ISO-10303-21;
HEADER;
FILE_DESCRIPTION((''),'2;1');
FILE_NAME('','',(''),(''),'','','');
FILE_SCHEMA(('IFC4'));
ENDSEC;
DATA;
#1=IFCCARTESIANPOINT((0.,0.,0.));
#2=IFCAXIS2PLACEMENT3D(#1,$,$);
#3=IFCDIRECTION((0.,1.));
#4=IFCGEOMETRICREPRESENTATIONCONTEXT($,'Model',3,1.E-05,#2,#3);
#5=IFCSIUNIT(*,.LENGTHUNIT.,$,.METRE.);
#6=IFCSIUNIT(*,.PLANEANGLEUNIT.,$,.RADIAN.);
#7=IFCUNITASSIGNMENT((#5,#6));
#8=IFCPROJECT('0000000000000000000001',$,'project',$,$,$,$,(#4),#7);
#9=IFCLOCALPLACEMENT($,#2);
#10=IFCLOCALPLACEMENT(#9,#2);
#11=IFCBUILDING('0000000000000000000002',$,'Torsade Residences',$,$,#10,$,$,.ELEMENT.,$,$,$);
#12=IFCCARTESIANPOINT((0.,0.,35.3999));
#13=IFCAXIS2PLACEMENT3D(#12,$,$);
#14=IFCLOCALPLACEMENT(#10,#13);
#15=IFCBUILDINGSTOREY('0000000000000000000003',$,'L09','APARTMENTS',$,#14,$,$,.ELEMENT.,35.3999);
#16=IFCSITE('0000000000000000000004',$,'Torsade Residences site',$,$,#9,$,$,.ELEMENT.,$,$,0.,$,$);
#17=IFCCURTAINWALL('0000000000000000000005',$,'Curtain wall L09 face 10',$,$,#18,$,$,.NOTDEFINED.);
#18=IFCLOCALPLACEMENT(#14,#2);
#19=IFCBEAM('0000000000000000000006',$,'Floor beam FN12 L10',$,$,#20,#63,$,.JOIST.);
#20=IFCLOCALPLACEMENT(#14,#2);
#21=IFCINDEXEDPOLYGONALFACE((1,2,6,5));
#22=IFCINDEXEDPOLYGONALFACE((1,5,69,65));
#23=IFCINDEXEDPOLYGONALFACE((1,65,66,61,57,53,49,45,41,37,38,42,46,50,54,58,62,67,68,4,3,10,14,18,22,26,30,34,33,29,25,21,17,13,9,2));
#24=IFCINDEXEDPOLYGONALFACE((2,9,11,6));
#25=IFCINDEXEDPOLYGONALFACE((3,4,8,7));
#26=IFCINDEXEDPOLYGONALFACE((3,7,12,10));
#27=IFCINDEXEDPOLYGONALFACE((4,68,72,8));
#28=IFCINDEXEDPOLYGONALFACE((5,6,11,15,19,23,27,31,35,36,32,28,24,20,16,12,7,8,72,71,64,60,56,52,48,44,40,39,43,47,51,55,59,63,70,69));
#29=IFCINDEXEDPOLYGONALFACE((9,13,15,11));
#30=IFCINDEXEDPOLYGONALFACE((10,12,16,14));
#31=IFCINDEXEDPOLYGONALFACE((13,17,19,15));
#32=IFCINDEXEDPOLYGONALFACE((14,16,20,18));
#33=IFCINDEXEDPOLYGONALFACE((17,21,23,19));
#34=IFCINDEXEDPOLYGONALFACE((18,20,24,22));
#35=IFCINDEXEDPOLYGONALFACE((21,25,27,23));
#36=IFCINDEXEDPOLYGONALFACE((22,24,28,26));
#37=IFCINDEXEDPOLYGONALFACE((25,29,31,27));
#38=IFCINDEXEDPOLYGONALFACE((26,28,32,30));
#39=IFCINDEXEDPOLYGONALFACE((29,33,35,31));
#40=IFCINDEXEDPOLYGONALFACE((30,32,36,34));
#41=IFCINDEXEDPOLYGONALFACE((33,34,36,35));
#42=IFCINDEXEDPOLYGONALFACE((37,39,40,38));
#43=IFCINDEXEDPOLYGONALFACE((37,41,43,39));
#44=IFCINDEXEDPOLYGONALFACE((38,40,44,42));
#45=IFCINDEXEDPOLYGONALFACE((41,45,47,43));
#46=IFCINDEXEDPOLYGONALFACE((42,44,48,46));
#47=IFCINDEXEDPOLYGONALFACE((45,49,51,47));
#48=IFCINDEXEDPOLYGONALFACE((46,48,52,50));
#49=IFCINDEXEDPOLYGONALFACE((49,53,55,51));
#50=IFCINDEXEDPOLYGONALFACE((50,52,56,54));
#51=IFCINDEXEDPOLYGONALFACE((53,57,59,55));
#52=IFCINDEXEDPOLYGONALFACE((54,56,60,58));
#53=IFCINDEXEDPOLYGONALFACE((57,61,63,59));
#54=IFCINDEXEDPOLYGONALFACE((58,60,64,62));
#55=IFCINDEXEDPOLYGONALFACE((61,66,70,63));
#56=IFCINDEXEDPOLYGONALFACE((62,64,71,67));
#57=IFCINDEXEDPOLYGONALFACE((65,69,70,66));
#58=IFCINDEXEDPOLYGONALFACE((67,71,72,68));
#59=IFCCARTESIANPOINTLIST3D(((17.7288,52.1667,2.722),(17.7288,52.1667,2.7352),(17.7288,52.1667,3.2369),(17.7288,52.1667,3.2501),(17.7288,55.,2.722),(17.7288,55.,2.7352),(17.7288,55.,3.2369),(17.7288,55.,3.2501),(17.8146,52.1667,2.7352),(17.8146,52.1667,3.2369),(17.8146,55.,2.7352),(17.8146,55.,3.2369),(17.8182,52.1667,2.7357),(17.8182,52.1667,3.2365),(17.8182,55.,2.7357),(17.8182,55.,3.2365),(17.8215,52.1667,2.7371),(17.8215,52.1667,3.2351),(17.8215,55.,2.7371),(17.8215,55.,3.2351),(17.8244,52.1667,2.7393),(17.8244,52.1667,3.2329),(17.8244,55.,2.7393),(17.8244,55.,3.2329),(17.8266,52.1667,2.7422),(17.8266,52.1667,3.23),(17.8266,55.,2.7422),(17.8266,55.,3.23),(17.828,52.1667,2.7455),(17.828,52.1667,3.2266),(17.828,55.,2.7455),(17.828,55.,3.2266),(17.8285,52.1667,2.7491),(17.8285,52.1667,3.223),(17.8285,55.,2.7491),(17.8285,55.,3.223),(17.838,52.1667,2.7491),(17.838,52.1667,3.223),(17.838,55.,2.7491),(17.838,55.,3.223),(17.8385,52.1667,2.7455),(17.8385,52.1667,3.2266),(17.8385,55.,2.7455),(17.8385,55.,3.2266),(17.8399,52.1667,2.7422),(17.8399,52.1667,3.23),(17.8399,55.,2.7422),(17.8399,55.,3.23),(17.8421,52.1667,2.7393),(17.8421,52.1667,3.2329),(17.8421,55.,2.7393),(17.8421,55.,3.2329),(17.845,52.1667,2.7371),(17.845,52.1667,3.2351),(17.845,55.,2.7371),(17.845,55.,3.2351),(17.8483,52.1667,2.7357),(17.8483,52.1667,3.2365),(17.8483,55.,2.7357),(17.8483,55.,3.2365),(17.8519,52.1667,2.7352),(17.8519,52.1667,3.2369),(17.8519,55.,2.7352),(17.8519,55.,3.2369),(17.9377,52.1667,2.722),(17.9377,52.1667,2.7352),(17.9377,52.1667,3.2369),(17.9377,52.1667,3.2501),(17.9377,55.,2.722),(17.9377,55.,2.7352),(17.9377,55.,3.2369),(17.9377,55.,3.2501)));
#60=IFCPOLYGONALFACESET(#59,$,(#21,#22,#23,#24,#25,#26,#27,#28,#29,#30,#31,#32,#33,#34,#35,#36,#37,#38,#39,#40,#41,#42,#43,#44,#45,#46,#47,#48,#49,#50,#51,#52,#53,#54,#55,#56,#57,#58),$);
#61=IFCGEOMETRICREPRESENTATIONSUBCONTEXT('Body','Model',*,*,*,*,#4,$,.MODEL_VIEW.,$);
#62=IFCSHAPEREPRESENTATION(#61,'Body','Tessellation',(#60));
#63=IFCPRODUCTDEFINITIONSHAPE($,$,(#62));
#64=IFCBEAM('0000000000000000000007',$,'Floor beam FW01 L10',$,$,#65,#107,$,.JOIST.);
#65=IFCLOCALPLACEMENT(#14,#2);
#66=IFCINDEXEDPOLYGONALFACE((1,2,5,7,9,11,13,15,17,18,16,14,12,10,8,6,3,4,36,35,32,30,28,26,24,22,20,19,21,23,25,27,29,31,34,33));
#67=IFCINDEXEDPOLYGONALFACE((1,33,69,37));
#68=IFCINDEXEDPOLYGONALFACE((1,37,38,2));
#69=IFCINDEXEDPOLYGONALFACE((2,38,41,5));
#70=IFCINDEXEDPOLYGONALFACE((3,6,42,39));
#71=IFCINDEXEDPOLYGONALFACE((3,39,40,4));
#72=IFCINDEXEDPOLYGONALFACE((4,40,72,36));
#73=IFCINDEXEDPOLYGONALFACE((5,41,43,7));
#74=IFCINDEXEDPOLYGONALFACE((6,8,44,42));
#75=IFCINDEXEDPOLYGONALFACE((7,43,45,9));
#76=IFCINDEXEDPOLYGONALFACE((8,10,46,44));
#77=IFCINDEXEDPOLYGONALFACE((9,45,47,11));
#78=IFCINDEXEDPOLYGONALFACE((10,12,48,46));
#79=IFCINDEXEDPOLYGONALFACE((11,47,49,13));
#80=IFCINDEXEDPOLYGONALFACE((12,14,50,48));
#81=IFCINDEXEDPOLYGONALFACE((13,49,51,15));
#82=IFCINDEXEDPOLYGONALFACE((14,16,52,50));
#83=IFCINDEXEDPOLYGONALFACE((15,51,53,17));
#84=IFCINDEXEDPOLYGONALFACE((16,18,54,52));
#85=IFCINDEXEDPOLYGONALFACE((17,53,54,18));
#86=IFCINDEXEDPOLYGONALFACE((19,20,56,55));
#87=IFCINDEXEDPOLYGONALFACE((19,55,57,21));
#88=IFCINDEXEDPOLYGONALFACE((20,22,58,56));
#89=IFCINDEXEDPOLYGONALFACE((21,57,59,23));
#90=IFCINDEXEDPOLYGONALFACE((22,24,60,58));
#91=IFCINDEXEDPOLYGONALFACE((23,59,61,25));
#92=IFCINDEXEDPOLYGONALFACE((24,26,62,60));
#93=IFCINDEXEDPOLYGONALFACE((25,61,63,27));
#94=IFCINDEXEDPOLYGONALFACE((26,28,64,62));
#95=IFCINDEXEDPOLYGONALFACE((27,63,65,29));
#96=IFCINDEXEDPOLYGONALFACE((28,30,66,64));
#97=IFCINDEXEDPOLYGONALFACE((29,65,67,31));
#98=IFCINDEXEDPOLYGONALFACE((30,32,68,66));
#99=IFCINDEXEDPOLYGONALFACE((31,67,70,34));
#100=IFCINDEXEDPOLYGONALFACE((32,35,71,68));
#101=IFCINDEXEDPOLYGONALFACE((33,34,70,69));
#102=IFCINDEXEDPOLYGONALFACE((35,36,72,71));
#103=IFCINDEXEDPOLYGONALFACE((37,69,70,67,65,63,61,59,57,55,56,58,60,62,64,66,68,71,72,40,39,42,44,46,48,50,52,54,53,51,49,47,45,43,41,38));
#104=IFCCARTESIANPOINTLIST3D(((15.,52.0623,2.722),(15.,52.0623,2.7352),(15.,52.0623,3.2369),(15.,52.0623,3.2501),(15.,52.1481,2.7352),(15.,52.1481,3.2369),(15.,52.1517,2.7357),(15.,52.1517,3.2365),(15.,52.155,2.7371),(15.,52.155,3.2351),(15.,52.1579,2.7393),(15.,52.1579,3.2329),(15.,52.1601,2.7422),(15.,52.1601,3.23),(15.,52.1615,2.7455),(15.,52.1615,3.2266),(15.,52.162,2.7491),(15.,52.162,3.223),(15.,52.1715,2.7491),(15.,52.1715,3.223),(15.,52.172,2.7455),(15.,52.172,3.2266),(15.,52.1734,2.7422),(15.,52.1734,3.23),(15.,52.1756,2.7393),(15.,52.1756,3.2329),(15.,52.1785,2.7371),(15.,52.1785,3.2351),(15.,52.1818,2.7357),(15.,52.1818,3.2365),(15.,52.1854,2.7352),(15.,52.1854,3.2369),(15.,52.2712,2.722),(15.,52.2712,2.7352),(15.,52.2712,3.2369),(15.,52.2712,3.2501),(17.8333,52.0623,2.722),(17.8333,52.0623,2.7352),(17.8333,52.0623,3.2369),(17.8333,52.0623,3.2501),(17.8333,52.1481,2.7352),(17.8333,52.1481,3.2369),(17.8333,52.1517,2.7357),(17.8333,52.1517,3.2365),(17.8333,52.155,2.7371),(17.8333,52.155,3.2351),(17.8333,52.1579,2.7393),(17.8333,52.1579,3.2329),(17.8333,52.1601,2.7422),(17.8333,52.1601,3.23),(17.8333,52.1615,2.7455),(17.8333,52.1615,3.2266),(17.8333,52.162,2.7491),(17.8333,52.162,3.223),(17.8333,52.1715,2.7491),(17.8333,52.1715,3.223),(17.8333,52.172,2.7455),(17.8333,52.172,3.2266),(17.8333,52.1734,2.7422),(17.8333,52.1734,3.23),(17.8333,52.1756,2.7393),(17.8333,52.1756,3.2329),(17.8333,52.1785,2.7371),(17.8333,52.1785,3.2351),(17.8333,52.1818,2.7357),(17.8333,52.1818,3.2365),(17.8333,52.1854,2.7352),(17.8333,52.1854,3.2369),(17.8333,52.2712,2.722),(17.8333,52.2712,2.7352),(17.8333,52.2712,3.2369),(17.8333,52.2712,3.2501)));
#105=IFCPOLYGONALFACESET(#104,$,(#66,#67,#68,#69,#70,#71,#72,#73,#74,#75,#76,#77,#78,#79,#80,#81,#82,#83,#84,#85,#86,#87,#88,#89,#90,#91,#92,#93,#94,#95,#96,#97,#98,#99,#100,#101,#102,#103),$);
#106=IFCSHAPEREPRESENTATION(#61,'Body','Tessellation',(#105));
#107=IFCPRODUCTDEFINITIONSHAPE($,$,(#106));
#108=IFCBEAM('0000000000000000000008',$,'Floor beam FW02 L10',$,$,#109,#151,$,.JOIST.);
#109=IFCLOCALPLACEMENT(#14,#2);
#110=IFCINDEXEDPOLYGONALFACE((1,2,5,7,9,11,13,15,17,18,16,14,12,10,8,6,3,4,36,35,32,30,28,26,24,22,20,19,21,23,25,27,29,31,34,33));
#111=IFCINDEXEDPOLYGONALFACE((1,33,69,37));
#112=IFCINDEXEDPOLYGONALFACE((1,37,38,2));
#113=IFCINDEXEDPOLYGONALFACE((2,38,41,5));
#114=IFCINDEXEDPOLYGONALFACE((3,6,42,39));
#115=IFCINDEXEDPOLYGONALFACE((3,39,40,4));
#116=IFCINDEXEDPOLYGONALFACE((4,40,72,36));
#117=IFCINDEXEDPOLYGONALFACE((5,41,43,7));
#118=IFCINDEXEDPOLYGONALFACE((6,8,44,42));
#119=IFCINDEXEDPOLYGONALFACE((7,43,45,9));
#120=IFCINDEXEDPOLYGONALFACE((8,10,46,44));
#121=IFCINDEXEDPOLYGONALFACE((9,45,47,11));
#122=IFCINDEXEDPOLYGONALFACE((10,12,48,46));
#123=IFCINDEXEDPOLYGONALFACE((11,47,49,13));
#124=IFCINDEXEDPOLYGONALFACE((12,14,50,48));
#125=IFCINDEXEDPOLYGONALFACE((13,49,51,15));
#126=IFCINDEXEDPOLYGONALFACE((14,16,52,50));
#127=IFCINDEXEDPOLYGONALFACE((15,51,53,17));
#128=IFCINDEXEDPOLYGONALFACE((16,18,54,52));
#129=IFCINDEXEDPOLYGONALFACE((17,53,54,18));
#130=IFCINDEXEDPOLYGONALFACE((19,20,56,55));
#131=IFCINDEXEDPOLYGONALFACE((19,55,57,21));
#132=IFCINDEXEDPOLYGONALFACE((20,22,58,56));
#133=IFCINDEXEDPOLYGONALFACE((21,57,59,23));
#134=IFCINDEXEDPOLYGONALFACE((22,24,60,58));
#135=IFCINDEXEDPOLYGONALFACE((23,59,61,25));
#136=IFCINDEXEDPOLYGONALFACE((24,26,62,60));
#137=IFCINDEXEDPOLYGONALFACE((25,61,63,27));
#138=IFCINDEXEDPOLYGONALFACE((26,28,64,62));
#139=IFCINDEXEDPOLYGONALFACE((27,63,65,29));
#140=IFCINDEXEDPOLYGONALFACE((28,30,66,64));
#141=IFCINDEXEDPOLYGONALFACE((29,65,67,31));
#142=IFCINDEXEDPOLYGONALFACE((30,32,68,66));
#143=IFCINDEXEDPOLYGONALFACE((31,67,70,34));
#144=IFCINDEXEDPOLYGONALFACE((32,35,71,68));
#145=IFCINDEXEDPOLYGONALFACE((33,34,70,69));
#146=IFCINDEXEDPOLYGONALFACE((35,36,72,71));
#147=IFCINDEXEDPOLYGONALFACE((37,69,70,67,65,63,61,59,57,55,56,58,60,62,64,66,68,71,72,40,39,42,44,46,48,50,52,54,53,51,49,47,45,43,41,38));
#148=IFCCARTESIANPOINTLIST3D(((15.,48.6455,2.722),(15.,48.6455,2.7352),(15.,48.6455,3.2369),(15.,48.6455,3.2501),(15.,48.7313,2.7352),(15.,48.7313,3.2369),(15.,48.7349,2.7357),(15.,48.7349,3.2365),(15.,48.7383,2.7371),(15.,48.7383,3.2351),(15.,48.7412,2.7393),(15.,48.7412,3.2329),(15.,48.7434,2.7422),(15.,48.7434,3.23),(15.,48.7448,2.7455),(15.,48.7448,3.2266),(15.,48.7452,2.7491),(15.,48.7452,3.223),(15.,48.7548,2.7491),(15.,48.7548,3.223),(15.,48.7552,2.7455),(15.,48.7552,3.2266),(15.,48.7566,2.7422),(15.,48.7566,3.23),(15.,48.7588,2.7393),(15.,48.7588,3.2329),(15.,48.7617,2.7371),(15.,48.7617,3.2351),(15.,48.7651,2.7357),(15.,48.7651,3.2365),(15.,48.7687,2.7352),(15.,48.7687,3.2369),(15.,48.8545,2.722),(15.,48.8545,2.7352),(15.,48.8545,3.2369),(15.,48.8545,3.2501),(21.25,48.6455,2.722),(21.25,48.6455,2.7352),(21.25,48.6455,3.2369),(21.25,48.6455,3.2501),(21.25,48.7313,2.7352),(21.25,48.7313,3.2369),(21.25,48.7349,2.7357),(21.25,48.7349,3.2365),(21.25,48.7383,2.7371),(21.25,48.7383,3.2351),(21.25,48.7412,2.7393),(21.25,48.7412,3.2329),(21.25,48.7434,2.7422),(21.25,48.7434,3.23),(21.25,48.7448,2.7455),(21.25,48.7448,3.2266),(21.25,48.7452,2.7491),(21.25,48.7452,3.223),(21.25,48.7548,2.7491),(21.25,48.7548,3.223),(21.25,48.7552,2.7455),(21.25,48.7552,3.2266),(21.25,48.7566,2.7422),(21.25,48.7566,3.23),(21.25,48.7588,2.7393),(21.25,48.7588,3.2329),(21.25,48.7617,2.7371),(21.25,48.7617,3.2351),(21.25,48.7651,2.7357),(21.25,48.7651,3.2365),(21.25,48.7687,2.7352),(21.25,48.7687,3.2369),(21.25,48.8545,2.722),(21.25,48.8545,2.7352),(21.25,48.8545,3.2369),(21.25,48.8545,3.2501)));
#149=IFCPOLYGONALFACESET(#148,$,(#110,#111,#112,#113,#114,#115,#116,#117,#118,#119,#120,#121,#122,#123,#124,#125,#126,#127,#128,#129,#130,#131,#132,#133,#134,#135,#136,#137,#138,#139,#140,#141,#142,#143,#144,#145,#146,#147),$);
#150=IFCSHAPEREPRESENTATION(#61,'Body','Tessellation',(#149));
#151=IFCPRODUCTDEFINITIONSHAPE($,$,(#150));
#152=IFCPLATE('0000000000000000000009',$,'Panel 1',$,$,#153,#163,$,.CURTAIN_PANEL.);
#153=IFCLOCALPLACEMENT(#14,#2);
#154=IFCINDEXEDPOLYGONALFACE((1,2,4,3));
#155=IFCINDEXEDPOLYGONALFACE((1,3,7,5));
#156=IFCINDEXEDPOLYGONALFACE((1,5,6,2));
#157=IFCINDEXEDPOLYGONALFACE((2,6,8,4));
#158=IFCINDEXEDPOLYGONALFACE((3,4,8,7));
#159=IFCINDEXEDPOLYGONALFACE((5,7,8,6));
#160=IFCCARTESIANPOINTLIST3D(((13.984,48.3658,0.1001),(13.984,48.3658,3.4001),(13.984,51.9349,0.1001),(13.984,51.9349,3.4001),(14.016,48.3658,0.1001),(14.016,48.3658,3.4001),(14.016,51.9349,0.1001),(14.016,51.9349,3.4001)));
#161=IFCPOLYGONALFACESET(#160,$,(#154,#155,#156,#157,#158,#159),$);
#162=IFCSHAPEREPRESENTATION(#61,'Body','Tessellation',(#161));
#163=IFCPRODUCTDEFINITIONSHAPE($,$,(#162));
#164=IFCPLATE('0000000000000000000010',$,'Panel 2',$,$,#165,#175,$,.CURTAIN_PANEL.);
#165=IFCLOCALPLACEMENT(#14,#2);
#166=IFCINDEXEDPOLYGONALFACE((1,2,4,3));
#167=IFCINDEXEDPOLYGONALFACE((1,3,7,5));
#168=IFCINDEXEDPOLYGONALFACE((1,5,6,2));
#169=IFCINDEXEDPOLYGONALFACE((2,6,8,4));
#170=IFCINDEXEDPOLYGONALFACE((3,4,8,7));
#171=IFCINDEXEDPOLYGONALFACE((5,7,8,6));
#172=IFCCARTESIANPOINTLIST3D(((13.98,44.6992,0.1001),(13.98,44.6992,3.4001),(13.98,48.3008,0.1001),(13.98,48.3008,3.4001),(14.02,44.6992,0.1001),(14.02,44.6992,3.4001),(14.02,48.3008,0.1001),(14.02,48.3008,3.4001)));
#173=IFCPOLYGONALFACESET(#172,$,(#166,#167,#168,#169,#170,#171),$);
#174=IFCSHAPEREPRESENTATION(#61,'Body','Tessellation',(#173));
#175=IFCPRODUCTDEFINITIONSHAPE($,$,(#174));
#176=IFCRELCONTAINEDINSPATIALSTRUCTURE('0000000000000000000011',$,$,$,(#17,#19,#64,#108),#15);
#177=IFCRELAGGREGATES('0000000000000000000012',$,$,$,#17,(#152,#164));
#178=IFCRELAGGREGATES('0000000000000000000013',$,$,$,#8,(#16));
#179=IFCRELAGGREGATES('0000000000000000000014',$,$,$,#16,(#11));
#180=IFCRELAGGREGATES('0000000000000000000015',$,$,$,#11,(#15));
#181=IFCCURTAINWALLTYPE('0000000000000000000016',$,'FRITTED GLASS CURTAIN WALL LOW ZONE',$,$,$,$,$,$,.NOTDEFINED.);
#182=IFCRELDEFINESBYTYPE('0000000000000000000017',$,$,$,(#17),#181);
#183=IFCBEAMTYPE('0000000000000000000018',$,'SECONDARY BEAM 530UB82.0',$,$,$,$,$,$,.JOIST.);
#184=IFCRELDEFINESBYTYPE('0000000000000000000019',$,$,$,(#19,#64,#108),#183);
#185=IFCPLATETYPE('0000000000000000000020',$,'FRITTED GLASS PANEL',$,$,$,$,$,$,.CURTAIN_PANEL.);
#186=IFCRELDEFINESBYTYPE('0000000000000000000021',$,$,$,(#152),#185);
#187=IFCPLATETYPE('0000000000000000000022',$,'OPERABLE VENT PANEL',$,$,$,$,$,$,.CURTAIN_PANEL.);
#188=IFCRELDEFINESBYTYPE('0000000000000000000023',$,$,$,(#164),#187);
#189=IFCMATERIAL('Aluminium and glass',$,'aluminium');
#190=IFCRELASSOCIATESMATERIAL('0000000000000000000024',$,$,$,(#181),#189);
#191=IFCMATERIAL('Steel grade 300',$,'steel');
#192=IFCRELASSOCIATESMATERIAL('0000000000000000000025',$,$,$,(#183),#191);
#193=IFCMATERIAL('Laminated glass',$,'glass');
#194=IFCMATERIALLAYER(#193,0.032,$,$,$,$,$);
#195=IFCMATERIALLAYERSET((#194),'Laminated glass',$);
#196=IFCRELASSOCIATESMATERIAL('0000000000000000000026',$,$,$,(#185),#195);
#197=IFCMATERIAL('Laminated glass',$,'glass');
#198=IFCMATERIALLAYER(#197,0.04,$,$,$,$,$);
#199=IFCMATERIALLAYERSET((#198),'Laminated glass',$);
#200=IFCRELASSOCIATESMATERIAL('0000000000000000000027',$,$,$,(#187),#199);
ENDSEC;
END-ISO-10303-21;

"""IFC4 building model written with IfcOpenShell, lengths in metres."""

from ifc_helpers import new_model, si_unit, direction, frame, origin, origin_2d, place, context, subcontext, project, spatial, rectangle, i_section, extrude, material, layer, layer_set, material_profile, profile_set, type_object, element, aggregate, save


model = new_model("IFC4")

# Units and contexts
model_context = context("Model", 3, precision=1e-05, world=origin(), true_north=direction((0.0, 1.0)))
body_context = subcontext(model_context, "Body", "Model", "MODEL_VIEW")
ifc_project = project(units=[si_unit("LENGTHUNIT", "METRE"), si_unit("PLANEANGLEUNIT", "RADIAN")], contexts=[model_context])

# Site, building, storey
site_placement = place(None, origin())
site = spatial("IfcSite", under=ifc_project, at=site_placement, Name="Torsade Residences site", CompositionType="ELEMENT", RefElevation=0.0)
building_placement = place(site_placement, origin())
building = spatial("IfcBuilding", under=site, at=building_placement, Name="Torsade Residences", CompositionType="ELEMENT")
storey_placement = place(building_placement, frame((0.0, 0.0, 35.3999)))
storey = spatial("IfcBuildingStorey", under=building, at=storey_placement, Name="L09", Description="APARTMENTS", CompositionType="ELEMENT", Elevation=35.3999)

# Curtain wall
ifc_material_1 = material(Name="Aluminium and glass", Category="aluminium")
curtain_wall_type = type_object("IfcCurtainWallType", Name="FRITTED GLASS CURTAIN WALL LOW ZONE", PredefinedType="NOTDEFINED", material=ifc_material_1)
curtain_wall_placement = place(storey_placement, origin())
curtain_wall = element("IfcCurtainWall", 1, at=curtain_wall_placement, inside=storey, type_object=curtain_wall_type, Name="Curtain wall L09 face 10", PredefinedType="NOTDEFINED")

# Beams
ifc_material_2 = material(Name="Steel grade 300", Category="steel")
ifc_material_profile_1 = material_profile(ifc_material_2, i_section(OverallWidth=0.209, OverallDepth=0.5281, WebThickness=0.0095, FlangeThickness=0.0132, FilletRadius=0.0139, at=origin_2d()), Name="530UB82.0")
ifc_profile_set_1 = profile_set([ifc_material_profile_1], Name="Steel grade 300")
beam_type_1 = type_object("IfcBeamType", Name="SECONDARY BEAM 530UB82.0", PredefinedType="JOIST", material=ifc_profile_set_1)
for number, where, z_axis, x_axis, name in (
    (2, (17.8333, 55.0, 2.9861), (0.0, -1.0, 0.0), (1.0, 0.0, 0.0), "Floor beam FN12 L10"),
    (3, (15.0, 52.1667, 2.9861), (1.0, 0.0, 0.0), (0.0, 1.0, 0.0), "Floor beam FW01 L10"),
):
    element("IfcBeam", number, at=place(storey_placement, frame(where, z_axis=z_axis, x_axis=x_axis)), inside=storey, type_object=beam_type_1, Name=name, PredefinedType="JOIST", context=body_context, shape_type="SweptSolid", body=[
        extrude(i_section(OverallWidth=0.209, OverallDepth=0.5281, WebThickness=0.0095, FlangeThickness=0.0132, FilletRadius=0.0139, at=origin_2d()), origin(), (0.0, 0.0, 1.0), 2.8333),
    ])
beam_1_placement = place(storey_placement, frame((15.0, 48.75, 2.9861), z_axis=(1.0, 0.0, 0.0), x_axis=(0.0, 1.0, 0.0)))
element("IfcBeam", 4, at=beam_1_placement, inside=storey, type_object=beam_type_1, Name="Floor beam FW02 L10", PredefinedType="JOIST", context=body_context, shape_type="SweptSolid", body=[
    extrude(i_section(OverallWidth=0.209, OverallDepth=0.5281, WebThickness=0.0095, FlangeThickness=0.0132, FilletRadius=0.0139, at=origin_2d()), origin(), (0.0, 0.0, 1.0), 6.25),
])

# Plates
ifc_material_3 = material(Name="Laminated glass", Category="glass")
ifc_layer_1 = layer(ifc_material_3, 0.032)
ifc_layer_set_1 = layer_set([ifc_layer_1], Name="Laminated glass")
plate_type_1 = type_object("IfcPlateType", Name="FRITTED GLASS PANEL", PredefinedType="CURTAIN_PANEL", material=ifc_layer_set_1)
plate_1_placement = place(storey_placement, frame((14.0, 50.1504, 0.1001), z_axis=(0.0, 0.0, 1.0), x_axis=(0.0, -1.0, 0.0)))
plate_1 = element("IfcPlate", 5, at=plate_1_placement, type_object=plate_type_1, Name="Panel 1", PredefinedType="CURTAIN_PANEL", context=body_context, shape_type="SweptSolid", body=[
    extrude(rectangle(XDim=3.5691, YDim=0.032, at=origin_2d()), origin(), (0.0, 0.0, 1.0), 3.3),
])
ifc_material_4 = material(Name="Laminated glass", Category="glass")
ifc_layer_2 = layer(ifc_material_4, 0.04)
ifc_layer_set_2 = layer_set([ifc_layer_2], Name="Laminated glass")
plate_type_2 = type_object("IfcPlateType", Name="OPERABLE VENT PANEL", PredefinedType="CURTAIN_PANEL", material=ifc_layer_set_2)
plate_2_placement = place(storey_placement, frame((14.0, 46.5, 0.1001), z_axis=(0.0, 0.0, 1.0), x_axis=(0.0, -1.0, 0.0)))
plate_2 = element("IfcPlate", 6, at=plate_2_placement, type_object=plate_type_2, Name="Panel 2", PredefinedType="CURTAIN_PANEL", context=body_context, shape_type="SweptSolid", body=[
    extrude(rectangle(XDim=3.6016, YDim=0.04, at=origin_2d()), origin(), (0.0, 0.0, 1.0), 3.3),
])
aggregate(curtain_wall, [plate_1, plate_2])

save(model, "model.ifc")
